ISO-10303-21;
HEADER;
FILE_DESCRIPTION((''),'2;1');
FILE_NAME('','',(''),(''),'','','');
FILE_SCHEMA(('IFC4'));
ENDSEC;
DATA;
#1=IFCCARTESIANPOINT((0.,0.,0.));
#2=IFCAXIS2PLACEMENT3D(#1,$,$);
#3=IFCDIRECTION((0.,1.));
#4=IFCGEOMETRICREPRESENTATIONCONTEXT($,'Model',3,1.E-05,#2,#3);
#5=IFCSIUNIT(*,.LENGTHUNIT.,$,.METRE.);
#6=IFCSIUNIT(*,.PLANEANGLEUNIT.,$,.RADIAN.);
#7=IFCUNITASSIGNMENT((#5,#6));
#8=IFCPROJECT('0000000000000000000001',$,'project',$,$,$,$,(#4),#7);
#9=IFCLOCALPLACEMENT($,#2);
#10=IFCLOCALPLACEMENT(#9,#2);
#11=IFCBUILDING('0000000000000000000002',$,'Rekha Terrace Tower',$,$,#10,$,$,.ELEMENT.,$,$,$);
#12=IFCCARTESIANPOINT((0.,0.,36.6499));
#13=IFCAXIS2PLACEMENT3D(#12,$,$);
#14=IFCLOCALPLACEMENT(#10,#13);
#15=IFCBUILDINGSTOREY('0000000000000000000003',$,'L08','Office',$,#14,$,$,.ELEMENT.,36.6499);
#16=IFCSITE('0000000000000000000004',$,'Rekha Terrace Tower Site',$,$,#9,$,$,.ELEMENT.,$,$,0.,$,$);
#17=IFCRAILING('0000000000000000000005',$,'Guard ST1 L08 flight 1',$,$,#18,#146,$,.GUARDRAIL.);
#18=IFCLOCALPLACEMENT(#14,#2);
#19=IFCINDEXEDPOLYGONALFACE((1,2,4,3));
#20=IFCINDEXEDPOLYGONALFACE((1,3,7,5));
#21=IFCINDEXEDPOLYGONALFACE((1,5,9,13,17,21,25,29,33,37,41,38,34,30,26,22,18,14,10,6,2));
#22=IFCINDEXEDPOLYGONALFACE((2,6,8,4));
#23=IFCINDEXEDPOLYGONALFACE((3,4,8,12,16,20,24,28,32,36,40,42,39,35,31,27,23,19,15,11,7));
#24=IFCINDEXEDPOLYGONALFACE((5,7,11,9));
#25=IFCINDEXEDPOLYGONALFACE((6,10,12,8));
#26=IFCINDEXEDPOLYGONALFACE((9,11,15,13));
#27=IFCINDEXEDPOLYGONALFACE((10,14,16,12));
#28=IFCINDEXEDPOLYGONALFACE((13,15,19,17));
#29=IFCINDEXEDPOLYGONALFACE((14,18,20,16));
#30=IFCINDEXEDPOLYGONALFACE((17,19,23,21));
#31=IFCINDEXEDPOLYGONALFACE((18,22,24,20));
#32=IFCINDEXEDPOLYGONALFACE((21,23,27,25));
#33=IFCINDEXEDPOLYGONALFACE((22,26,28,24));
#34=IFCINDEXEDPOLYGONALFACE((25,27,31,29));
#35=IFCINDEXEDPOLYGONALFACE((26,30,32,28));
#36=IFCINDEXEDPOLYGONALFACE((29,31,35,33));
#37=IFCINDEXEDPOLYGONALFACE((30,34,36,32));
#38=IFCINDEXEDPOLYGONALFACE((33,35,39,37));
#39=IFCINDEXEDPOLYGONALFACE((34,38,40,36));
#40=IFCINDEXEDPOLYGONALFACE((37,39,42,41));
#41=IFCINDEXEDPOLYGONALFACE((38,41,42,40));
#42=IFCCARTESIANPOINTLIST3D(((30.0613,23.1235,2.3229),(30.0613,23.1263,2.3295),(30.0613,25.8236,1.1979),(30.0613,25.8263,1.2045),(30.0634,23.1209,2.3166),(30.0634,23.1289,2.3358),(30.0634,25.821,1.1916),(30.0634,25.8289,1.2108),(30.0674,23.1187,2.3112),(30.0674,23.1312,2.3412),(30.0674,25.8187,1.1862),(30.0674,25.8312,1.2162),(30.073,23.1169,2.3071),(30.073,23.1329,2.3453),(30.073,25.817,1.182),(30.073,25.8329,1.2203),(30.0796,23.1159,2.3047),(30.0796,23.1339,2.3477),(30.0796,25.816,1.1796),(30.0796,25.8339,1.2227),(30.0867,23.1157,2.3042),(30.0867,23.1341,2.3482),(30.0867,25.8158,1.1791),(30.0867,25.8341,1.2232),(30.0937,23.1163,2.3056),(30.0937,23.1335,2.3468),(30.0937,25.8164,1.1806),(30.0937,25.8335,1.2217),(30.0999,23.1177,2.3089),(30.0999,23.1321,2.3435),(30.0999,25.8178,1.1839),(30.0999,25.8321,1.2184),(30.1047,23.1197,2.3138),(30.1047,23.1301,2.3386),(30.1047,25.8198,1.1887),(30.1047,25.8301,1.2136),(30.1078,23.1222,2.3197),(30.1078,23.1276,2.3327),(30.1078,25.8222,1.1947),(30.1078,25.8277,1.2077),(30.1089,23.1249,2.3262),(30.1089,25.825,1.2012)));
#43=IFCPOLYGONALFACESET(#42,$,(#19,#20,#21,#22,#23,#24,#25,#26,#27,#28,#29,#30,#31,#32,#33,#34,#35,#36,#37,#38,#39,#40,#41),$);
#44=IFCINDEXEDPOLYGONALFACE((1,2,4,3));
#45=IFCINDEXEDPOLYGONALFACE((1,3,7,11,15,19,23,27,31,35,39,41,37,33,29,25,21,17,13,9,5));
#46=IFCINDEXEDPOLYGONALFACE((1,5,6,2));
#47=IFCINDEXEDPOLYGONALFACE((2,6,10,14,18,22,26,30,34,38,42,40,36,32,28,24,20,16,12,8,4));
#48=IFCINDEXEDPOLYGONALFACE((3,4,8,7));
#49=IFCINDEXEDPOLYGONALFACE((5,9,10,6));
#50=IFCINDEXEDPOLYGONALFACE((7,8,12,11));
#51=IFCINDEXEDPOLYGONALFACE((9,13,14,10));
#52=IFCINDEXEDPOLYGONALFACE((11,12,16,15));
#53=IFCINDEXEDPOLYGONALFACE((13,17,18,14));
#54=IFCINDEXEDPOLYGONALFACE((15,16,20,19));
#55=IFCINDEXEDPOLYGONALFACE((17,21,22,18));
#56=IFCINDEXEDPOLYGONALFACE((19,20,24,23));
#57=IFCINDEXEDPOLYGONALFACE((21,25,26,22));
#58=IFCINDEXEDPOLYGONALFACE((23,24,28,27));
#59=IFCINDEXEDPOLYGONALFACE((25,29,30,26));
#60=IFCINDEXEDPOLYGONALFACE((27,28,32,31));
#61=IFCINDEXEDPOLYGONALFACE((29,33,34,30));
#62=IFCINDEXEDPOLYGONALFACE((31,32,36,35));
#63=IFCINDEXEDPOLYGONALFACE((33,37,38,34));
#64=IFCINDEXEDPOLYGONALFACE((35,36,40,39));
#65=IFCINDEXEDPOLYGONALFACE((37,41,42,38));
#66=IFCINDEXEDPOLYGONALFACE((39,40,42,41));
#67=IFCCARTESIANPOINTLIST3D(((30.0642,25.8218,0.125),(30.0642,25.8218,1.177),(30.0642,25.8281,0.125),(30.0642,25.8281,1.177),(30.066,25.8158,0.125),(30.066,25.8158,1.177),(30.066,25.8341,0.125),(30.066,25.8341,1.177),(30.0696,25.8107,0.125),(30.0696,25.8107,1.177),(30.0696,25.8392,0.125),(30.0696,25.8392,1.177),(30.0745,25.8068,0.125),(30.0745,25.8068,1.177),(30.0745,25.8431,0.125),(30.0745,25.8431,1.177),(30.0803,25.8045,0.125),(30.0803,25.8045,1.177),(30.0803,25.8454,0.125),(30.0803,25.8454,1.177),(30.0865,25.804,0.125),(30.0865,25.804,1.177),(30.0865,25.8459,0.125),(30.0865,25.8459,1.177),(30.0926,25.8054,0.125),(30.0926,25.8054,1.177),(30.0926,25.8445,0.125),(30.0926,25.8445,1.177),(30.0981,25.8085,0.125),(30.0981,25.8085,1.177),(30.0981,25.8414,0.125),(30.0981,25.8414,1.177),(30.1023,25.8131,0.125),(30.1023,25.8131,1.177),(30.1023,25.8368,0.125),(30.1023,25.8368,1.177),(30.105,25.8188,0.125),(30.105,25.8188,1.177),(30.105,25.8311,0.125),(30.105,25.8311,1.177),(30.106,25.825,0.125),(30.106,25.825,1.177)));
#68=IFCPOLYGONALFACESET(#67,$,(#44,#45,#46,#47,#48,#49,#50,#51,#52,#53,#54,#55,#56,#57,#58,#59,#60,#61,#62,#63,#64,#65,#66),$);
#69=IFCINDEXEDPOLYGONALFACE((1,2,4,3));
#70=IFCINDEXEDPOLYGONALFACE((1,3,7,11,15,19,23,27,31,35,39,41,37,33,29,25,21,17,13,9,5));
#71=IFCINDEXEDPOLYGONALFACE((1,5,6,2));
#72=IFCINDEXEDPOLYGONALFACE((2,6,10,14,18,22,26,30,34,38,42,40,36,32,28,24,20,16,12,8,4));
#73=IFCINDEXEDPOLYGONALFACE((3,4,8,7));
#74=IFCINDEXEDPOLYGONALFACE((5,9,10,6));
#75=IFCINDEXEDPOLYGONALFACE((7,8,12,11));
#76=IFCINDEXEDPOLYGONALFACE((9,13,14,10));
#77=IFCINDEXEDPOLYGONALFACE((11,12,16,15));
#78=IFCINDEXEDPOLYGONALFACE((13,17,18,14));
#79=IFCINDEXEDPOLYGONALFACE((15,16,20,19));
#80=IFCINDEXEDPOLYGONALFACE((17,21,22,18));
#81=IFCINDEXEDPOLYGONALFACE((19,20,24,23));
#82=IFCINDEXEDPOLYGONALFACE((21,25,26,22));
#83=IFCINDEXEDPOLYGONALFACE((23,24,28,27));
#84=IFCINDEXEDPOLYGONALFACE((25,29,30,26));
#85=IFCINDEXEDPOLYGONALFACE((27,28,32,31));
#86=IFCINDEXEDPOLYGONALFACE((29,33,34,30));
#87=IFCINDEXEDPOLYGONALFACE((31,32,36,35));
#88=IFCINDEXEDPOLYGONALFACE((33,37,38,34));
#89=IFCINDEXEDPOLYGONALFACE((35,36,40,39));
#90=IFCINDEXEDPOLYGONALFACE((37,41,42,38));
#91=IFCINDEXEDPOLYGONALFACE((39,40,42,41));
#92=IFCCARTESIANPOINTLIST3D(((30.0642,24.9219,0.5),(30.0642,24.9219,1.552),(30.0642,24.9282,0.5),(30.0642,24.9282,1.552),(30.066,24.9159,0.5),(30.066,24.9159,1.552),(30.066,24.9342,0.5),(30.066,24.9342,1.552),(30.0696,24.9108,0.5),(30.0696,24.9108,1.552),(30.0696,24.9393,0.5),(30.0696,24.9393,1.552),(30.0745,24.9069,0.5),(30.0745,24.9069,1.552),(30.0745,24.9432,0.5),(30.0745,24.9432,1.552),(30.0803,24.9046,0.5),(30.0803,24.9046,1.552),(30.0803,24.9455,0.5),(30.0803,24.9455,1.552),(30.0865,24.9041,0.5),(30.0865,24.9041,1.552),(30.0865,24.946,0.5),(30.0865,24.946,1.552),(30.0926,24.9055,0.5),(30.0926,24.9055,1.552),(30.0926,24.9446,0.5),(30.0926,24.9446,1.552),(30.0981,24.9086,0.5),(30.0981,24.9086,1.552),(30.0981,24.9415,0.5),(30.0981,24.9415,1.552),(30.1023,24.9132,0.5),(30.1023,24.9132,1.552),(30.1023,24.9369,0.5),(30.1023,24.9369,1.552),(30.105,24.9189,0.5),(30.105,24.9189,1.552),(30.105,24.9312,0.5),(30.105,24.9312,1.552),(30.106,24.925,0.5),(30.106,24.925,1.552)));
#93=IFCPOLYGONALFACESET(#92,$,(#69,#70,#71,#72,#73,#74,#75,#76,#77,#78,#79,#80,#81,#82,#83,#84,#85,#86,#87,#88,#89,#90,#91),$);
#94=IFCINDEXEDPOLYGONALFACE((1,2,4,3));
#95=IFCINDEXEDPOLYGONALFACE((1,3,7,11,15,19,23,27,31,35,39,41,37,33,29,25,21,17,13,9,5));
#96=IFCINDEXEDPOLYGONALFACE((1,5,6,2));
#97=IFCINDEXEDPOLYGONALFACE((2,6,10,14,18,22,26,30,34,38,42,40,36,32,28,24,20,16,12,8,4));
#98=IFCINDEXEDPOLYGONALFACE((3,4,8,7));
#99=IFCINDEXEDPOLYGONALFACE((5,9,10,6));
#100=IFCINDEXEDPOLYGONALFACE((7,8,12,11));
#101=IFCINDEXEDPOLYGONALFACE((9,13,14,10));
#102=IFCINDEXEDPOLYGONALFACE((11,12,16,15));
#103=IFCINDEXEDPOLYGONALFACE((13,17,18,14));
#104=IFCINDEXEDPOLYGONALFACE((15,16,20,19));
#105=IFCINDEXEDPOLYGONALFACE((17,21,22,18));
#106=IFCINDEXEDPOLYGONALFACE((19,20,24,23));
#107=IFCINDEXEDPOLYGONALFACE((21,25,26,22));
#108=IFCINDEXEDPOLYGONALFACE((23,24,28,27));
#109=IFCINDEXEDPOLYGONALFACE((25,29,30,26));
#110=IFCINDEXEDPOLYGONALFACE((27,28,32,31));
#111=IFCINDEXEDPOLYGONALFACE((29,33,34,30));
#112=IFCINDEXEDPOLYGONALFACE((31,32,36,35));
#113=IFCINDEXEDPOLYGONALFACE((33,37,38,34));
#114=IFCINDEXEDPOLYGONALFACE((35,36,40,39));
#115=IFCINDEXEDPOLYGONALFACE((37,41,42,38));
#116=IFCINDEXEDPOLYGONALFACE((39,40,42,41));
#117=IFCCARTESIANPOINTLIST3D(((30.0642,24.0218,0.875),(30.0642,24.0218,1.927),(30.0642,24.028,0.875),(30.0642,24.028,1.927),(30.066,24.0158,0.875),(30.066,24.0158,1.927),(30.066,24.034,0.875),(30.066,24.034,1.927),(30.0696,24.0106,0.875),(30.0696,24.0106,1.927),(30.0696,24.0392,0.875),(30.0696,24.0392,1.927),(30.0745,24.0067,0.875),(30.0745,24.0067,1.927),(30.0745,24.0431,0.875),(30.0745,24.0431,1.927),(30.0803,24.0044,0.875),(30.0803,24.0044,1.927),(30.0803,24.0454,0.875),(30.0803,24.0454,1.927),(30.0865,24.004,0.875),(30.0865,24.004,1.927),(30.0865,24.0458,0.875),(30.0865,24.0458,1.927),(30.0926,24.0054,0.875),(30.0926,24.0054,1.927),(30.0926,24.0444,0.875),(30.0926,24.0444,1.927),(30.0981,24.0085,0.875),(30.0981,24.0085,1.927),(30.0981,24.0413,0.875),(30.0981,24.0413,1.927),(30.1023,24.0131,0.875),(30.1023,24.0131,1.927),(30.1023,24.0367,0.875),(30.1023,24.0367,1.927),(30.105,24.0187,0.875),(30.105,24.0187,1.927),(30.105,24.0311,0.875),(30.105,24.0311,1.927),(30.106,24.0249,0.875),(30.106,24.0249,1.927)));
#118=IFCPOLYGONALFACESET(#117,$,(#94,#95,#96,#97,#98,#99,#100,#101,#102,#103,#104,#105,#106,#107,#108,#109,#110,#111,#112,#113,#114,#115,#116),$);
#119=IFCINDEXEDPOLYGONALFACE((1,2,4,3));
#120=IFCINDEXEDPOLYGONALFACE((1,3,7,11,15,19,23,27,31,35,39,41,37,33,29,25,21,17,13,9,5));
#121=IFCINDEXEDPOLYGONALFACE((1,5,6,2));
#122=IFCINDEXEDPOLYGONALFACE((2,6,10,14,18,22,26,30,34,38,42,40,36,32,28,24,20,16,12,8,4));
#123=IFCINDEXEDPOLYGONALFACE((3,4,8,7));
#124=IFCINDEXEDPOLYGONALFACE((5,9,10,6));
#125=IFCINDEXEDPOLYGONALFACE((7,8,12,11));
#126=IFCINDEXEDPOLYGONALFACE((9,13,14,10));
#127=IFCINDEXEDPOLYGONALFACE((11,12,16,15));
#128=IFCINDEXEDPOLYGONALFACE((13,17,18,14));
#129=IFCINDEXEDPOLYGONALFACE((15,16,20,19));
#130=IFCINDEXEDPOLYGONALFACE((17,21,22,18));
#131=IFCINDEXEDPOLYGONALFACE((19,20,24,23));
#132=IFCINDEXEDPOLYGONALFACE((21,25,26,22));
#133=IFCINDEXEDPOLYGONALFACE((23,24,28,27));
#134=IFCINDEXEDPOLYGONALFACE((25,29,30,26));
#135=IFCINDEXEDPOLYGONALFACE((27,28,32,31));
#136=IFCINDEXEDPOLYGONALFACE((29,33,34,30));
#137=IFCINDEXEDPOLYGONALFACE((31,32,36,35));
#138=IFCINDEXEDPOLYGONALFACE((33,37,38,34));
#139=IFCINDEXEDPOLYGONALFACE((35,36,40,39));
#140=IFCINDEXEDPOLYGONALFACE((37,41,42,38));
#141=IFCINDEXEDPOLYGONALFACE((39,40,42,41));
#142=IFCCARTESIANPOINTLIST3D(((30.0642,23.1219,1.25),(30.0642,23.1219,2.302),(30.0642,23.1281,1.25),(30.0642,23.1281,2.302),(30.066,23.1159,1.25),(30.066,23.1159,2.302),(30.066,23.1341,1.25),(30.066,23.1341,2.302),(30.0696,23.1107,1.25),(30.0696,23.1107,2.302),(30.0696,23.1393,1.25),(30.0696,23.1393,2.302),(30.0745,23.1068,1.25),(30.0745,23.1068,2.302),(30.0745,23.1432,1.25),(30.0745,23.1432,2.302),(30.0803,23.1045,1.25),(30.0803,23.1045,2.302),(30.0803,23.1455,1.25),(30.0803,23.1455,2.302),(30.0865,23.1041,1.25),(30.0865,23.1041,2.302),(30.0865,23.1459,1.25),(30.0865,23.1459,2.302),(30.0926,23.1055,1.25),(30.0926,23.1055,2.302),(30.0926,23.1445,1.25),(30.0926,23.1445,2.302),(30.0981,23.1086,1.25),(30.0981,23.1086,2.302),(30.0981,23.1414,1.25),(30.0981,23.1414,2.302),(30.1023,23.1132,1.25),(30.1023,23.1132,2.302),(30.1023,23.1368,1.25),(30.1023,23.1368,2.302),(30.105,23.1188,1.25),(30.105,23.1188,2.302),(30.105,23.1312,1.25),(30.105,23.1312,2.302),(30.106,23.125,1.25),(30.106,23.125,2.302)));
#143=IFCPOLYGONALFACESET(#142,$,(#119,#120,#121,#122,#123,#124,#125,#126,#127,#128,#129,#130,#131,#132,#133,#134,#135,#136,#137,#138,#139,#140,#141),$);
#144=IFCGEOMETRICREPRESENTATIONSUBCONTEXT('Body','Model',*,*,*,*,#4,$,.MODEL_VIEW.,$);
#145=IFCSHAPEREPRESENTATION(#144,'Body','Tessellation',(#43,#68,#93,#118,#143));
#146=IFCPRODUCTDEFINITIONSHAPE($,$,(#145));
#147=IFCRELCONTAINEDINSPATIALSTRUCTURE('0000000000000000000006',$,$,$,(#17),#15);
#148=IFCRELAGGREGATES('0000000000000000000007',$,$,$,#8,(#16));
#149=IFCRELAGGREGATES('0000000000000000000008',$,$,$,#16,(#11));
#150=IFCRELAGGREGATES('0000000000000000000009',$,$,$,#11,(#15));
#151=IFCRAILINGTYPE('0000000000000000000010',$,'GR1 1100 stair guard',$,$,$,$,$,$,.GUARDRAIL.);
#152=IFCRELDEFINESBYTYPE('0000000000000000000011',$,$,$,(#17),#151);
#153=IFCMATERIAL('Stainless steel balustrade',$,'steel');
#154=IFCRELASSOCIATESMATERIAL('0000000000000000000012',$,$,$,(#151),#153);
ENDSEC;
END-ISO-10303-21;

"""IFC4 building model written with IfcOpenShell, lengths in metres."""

from ifc_helpers import new_model, si_unit, direction, frame, origin, origin_2d, place, context, subcontext, project, spatial, circle, extrude, material, type_object, element, save


model = new_model("IFC4")

# Units and contexts
model_context = context("Model", 3, precision=1e-05, world=origin(), true_north=direction((0.0, 1.0)))
body_context = subcontext(model_context, "Body", "Model", "MODEL_VIEW")
ifc_project = project(units=[si_unit("LENGTHUNIT", "METRE"), si_unit("PLANEANGLEUNIT", "RADIAN")], contexts=[model_context])

# Site, building, storey
site_placement = place(None, origin())
site = spatial("IfcSite", under=ifc_project, at=site_placement, Name="Rekha Terrace Tower Site", CompositionType="ELEMENT", RefElevation=0.0)
building_placement = place(site_placement, origin())
building = spatial("IfcBuilding", under=site, at=building_placement, Name="Rekha Terrace Tower", CompositionType="ELEMENT")
storey_placement = place(building_placement, frame((0.0, 0.0, 36.6499)))
storey = spatial("IfcBuildingStorey", under=building, at=storey_placement, Name="L08", Description="Office", CompositionType="ELEMENT", Elevation=36.6499)

# Railing
ifc_material_1 = material(Name="Stainless steel balustrade", Category="steel")
railing_type_1 = type_object("IfcRailingType", Name="GR1 1100 stair guard", PredefinedType="GUARDRAIL", material=ifc_material_1)
railing_1_placement = place(storey_placement, frame((30.085, 25.825, 0.125)))
element("IfcRailing", 1, at=railing_1_placement, inside=storey, type_object=railing_type_1, Name="Guard ST1 L08 flight 1", PredefinedType="GUARDRAIL", context=body_context, shape_type="SweptSolid", body=[
    extrude(circle(Radius=0.0239, at=origin_2d()), frame((0.0, 0.0, 1.0762), z_axis=(0.0, -0.923074, 0.384621), x_axis=(1.0, 0.0, 0.0)), (0.0, 0.0, 1.0), 2.925),
    extrude(circle(Radius=0.021, at=origin_2d()), origin(), (0.0, 0.0, 1.0), 1.052),
    extrude(circle(Radius=0.021, at=origin_2d()), frame((0.0, -0.8999, 0.375)), (0.0, 0.0, 1.0), 1.052),
    extrude(circle(Radius=0.021, at=origin_2d()), frame((0.0, -1.8, 0.75)), (0.0, 0.0, 1.0), 1.052),
    extrude(circle(Radius=0.021, at=origin_2d()), frame((0.0, -2.7, 1.125)), (0.0, 0.0, 1.0), 1.052),
])

save(model, "model.ifc")
